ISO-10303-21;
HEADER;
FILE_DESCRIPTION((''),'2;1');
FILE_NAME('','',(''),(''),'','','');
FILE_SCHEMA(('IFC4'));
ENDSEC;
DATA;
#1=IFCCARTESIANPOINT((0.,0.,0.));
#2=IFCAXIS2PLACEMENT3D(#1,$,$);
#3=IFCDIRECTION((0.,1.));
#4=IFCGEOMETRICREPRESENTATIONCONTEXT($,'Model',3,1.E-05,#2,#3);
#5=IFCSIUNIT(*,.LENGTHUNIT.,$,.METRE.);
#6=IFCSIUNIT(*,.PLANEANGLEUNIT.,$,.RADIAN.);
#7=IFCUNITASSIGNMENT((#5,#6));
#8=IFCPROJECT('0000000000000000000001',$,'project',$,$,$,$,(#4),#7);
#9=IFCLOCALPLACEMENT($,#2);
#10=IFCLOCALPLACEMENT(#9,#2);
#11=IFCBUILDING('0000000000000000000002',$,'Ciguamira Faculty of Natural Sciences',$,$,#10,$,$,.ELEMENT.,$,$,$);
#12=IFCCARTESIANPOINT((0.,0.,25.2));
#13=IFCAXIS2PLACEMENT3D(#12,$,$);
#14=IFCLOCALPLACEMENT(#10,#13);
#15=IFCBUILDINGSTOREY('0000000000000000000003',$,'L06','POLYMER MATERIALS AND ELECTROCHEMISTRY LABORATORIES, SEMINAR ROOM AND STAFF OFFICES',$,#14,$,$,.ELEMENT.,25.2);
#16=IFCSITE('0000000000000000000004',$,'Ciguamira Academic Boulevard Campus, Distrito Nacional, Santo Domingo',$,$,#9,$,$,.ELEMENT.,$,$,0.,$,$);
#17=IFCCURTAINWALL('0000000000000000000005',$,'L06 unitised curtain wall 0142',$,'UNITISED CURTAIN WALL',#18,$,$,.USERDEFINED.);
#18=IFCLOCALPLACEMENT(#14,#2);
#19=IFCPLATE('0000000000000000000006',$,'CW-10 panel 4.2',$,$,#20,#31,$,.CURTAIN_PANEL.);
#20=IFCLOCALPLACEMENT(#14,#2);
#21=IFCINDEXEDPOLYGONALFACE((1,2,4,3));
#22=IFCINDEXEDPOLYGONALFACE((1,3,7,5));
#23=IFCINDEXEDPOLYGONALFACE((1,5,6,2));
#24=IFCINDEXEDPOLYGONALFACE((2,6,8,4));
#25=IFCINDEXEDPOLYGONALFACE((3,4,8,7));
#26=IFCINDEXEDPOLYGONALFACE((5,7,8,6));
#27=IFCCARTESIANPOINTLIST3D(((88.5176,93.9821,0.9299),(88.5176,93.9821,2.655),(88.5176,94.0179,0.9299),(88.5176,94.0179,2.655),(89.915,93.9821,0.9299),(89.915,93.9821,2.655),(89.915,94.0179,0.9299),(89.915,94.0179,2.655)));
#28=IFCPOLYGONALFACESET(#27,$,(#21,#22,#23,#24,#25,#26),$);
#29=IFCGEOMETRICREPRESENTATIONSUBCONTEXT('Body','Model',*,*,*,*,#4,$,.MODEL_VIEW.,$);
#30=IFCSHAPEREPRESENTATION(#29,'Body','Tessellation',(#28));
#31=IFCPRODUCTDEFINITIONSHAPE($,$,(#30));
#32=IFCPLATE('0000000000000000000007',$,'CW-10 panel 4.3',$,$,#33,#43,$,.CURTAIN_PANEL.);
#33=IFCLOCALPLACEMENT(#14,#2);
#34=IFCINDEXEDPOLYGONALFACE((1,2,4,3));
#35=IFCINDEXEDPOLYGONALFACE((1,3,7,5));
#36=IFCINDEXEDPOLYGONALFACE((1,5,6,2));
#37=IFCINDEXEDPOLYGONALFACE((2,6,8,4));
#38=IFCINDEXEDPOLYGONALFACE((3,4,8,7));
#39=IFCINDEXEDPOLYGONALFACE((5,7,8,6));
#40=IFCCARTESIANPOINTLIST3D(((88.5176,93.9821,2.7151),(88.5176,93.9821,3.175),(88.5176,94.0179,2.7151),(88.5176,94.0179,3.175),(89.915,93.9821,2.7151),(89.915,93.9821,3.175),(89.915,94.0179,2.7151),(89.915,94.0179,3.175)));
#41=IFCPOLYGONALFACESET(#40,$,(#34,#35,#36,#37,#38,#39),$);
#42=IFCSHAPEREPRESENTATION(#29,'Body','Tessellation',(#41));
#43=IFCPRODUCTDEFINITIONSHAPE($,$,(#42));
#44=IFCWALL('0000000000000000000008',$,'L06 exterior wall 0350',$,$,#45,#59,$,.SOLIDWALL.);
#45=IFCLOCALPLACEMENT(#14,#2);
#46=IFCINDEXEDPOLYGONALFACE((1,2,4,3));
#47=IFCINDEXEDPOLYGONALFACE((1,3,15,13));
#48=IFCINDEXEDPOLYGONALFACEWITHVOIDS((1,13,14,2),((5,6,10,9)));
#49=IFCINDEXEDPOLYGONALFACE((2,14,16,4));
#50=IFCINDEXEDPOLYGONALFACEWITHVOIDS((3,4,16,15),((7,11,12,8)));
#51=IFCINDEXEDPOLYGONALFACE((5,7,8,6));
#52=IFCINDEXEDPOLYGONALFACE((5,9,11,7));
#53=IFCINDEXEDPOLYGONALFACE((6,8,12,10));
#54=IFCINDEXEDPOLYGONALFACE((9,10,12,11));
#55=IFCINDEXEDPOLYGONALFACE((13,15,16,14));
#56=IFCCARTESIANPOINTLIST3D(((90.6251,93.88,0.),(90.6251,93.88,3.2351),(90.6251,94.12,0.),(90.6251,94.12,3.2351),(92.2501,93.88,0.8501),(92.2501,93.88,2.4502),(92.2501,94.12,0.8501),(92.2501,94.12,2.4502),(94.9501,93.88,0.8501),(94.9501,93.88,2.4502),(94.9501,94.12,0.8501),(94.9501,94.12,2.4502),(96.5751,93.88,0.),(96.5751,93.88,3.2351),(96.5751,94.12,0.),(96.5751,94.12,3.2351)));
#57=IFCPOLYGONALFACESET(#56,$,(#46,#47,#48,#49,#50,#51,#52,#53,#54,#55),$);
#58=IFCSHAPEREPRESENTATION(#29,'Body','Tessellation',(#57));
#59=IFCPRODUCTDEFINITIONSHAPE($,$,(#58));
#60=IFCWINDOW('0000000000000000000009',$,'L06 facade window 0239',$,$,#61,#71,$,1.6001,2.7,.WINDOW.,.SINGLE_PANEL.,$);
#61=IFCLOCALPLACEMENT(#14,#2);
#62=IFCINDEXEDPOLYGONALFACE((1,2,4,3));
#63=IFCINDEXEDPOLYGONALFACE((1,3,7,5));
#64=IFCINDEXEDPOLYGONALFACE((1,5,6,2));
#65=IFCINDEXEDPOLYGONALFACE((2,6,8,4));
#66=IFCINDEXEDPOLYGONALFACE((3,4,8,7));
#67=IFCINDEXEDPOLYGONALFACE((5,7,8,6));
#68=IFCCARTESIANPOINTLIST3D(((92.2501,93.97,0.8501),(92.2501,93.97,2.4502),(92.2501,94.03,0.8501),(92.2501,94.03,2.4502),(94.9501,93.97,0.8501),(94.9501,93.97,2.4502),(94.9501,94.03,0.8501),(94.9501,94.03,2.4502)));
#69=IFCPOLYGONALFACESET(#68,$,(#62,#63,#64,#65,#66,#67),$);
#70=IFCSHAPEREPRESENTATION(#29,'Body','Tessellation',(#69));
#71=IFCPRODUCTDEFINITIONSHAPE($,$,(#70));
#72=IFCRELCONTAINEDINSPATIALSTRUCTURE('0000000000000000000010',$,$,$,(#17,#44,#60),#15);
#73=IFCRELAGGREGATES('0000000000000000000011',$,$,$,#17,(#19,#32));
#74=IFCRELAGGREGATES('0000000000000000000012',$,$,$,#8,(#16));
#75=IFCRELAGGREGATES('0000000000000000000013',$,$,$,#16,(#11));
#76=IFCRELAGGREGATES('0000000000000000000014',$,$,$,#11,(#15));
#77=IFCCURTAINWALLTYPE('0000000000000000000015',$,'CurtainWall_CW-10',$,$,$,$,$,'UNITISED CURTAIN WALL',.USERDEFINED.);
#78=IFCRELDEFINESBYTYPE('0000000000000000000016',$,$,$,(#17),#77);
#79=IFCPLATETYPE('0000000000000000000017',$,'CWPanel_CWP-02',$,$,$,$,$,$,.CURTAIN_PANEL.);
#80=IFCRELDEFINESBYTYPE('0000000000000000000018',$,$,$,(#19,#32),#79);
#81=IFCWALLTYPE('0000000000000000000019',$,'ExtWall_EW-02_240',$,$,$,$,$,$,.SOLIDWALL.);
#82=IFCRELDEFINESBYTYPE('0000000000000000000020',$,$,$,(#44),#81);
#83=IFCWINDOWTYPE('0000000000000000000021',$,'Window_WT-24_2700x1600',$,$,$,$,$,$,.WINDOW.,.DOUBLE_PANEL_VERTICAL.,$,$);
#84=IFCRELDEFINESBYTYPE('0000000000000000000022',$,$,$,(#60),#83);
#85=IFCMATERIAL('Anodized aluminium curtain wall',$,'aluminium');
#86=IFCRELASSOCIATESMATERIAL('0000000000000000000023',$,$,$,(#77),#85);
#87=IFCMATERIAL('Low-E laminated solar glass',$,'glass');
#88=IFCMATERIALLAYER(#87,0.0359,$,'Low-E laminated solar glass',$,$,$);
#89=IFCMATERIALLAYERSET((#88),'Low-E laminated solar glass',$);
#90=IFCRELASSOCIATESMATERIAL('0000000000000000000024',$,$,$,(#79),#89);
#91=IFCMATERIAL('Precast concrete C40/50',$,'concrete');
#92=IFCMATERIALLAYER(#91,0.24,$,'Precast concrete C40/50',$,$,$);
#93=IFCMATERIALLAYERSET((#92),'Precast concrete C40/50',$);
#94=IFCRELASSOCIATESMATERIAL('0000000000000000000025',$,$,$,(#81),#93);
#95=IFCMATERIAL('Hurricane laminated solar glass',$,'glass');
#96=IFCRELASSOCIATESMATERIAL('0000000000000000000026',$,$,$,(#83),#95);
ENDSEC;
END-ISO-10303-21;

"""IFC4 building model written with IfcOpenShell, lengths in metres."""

from ifc_helpers import new_model, si_unit, direction, frame, frame_2d, origin, origin_2d, place, context, subcontext, project, spatial, rectangle, extrude, material, layer, layer_set, type_object, element, fill, aggregate, save


model = new_model("IFC4")

# Units and contexts
model_context = context("Model", 3, precision=1e-05, world=origin(), true_north=direction((0.0, 1.0)))
body_context = subcontext(model_context, "Body", "Model", "MODEL_VIEW")
ifc_project = project(units=[si_unit("LENGTHUNIT", "METRE"), si_unit("PLANEANGLEUNIT", "RADIAN")], contexts=[model_context])

# Site, building, storey
site_placement = place(None, origin())
site = spatial("IfcSite", under=ifc_project, at=site_placement, Name="Ciguamira Academic Boulevard Campus, Distrito Nacional, Santo Domingo", CompositionType="ELEMENT", RefElevation=0.0)
building_placement = place(site_placement, origin())
building = spatial("IfcBuilding", under=site, at=building_placement, Name="Ciguamira Faculty of Natural Sciences", CompositionType="ELEMENT")
storey_placement = place(building_placement, frame((0.0, 0.0, 25.2)))
storey = spatial("IfcBuildingStorey", under=building, at=storey_placement, Name="L06", Description="POLYMER MATERIALS AND ELECTROCHEMISTRY LABORATORIES, SEMINAR ROOM AND STAFF OFFICES", CompositionType="ELEMENT", Elevation=25.2)

# Curtain wall
ifc_material_1 = material(Name="Anodized aluminium curtain wall", Category="aluminium")
curtain_wall_type_1 = type_object("IfcCurtainWallType", Name="CurtainWall_CW-10", ElementType="UNITISED CURTAIN WALL", PredefinedType="USERDEFINED", material=ifc_material_1)
curtain_wall_1_placement = place(storey_placement, origin())
curtain_wall_1 = element("IfcCurtainWall", 1, at=curtain_wall_1_placement, inside=storey, type_object=curtain_wall_type_1, Name="L06 unitised curtain wall 0142", ObjectType="UNITISED CURTAIN WALL", PredefinedType="USERDEFINED")

# Plates
ifc_material_2 = material(Name="Low-E laminated solar glass", Category="glass")
ifc_layer_1 = layer(ifc_material_2, 0.0359, Name="Low-E laminated solar glass")
ifc_layer_set_1 = layer_set([ifc_layer_1], Name="Low-E laminated solar glass")
plate_type_1 = type_object("IfcPlateType", Name="CWPanel_CWP-02", PredefinedType="CURTAIN_PANEL", material=ifc_layer_set_1)
plate_1_placement = place(storey_placement, frame((89.2163, 94.0, 0.9299), z_axis=(0.0, 0.0, 1.0), x_axis=(1.0, 0.0, 0.0)))
plate_1 = element("IfcPlate", 2, at=plate_1_placement, type_object=plate_type_1, Name="CW-10 panel 4.2", PredefinedType="CURTAIN_PANEL", context=body_context, shape_type="SweptSolid", body=[
    extrude(rectangle(XDim=1.3975, YDim=0.0359, at=origin_2d()), origin(), (0.0, 0.0, 1.0), 1.7251),
])
plate_2_placement = place(storey_placement, frame((89.2163, 94.0, 2.7151), z_axis=(0.0, 0.0, 1.0), x_axis=(1.0, 0.0, 0.0)))
plate_2 = element("IfcPlate", 3, at=plate_2_placement, type_object=plate_type_1, Name="CW-10 panel 4.3", PredefinedType="CURTAIN_PANEL", context=body_context, shape_type="SweptSolid", body=[
    extrude(rectangle(XDim=1.3975, YDim=0.0359, at=origin_2d()), origin(), (0.0, 0.0, 1.0), 0.46),
])
aggregate(curtain_wall_1, [plate_1, plate_2])

# Wall, opening, window
ifc_material_3 = material(Name="Precast concrete C40/50", Category="concrete")
ifc_layer_2 = layer(ifc_material_3, 0.24, Name="Precast concrete C40/50")
ifc_layer_set_2 = layer_set([ifc_layer_2], Name="Precast concrete C40/50")
wall_type = type_object("IfcWallType", Name="ExtWall_EW-02_240", PredefinedType="SOLIDWALL", material=ifc_layer_set_2)
wall_placement = place(storey_placement, frame((90.625, 94.0, 0.0), z_axis=(0.0, 0.0, 1.0), x_axis=(1.0, 0.0, 0.0)))
wall = element("IfcWall", 4, at=wall_placement, inside=storey, type_object=wall_type, Name="L06 exterior wall 0350", PredefinedType="SOLIDWALL", context=body_context, shape_type="SweptSolid", body=[
    extrude(rectangle(XDim=5.95, YDim=0.24, at=frame_2d((2.9751, 0.0))), origin(), (0.0, 0.0, 1.0), 3.2351),
])
opening_placement = place(wall_placement, frame((1.625, 0.0, 0.8501)))
opening = element("IfcOpeningElement", 5, at=opening_placement, cuts=wall, PredefinedType="OPENING", context=body_context, shape_type="SweptSolid", body=[
    extrude(rectangle(XDim=2.7, YDim=1.6001, at=frame_2d((1.3501, 0.8))), frame((0.0, 0.1299, 0.0), z_axis=(0.0, -1.0, 0.0), x_axis=(1.0, 0.0, 0.0)), (0.0, 0.0, 1.0), 0.26),
])
ifc_material_4 = material(Name="Hurricane laminated solar glass", Category="glass")
window_type = type_object("IfcWindowType", Name="Window_WT-24_2700x1600", PartitioningType="DOUBLE_PANEL_VERTICAL", PredefinedType="WINDOW", material=ifc_material_4)
window_placement = place(opening_placement, origin())
window = element("IfcWindow", 6, at=window_placement, inside=storey, type_object=window_type, Name="L06 facade window 0239", OverallHeight=1.6001, OverallWidth=2.7, PartitioningType="SINGLE_PANEL", PredefinedType="WINDOW", context=body_context, shape_type="SweptSolid", body=[
    extrude(rectangle(XDim=2.7, YDim=1.6001, at=frame_2d((1.3501, 0.8))), frame((0.0, 0.03, 0.0), z_axis=(0.0, -1.0, 0.0), x_axis=(1.0, 0.0, 0.0)), (0.0, 0.0, 1.0), 0.0601),
])
fill(opening, window)

save(model, "model.ifc")
